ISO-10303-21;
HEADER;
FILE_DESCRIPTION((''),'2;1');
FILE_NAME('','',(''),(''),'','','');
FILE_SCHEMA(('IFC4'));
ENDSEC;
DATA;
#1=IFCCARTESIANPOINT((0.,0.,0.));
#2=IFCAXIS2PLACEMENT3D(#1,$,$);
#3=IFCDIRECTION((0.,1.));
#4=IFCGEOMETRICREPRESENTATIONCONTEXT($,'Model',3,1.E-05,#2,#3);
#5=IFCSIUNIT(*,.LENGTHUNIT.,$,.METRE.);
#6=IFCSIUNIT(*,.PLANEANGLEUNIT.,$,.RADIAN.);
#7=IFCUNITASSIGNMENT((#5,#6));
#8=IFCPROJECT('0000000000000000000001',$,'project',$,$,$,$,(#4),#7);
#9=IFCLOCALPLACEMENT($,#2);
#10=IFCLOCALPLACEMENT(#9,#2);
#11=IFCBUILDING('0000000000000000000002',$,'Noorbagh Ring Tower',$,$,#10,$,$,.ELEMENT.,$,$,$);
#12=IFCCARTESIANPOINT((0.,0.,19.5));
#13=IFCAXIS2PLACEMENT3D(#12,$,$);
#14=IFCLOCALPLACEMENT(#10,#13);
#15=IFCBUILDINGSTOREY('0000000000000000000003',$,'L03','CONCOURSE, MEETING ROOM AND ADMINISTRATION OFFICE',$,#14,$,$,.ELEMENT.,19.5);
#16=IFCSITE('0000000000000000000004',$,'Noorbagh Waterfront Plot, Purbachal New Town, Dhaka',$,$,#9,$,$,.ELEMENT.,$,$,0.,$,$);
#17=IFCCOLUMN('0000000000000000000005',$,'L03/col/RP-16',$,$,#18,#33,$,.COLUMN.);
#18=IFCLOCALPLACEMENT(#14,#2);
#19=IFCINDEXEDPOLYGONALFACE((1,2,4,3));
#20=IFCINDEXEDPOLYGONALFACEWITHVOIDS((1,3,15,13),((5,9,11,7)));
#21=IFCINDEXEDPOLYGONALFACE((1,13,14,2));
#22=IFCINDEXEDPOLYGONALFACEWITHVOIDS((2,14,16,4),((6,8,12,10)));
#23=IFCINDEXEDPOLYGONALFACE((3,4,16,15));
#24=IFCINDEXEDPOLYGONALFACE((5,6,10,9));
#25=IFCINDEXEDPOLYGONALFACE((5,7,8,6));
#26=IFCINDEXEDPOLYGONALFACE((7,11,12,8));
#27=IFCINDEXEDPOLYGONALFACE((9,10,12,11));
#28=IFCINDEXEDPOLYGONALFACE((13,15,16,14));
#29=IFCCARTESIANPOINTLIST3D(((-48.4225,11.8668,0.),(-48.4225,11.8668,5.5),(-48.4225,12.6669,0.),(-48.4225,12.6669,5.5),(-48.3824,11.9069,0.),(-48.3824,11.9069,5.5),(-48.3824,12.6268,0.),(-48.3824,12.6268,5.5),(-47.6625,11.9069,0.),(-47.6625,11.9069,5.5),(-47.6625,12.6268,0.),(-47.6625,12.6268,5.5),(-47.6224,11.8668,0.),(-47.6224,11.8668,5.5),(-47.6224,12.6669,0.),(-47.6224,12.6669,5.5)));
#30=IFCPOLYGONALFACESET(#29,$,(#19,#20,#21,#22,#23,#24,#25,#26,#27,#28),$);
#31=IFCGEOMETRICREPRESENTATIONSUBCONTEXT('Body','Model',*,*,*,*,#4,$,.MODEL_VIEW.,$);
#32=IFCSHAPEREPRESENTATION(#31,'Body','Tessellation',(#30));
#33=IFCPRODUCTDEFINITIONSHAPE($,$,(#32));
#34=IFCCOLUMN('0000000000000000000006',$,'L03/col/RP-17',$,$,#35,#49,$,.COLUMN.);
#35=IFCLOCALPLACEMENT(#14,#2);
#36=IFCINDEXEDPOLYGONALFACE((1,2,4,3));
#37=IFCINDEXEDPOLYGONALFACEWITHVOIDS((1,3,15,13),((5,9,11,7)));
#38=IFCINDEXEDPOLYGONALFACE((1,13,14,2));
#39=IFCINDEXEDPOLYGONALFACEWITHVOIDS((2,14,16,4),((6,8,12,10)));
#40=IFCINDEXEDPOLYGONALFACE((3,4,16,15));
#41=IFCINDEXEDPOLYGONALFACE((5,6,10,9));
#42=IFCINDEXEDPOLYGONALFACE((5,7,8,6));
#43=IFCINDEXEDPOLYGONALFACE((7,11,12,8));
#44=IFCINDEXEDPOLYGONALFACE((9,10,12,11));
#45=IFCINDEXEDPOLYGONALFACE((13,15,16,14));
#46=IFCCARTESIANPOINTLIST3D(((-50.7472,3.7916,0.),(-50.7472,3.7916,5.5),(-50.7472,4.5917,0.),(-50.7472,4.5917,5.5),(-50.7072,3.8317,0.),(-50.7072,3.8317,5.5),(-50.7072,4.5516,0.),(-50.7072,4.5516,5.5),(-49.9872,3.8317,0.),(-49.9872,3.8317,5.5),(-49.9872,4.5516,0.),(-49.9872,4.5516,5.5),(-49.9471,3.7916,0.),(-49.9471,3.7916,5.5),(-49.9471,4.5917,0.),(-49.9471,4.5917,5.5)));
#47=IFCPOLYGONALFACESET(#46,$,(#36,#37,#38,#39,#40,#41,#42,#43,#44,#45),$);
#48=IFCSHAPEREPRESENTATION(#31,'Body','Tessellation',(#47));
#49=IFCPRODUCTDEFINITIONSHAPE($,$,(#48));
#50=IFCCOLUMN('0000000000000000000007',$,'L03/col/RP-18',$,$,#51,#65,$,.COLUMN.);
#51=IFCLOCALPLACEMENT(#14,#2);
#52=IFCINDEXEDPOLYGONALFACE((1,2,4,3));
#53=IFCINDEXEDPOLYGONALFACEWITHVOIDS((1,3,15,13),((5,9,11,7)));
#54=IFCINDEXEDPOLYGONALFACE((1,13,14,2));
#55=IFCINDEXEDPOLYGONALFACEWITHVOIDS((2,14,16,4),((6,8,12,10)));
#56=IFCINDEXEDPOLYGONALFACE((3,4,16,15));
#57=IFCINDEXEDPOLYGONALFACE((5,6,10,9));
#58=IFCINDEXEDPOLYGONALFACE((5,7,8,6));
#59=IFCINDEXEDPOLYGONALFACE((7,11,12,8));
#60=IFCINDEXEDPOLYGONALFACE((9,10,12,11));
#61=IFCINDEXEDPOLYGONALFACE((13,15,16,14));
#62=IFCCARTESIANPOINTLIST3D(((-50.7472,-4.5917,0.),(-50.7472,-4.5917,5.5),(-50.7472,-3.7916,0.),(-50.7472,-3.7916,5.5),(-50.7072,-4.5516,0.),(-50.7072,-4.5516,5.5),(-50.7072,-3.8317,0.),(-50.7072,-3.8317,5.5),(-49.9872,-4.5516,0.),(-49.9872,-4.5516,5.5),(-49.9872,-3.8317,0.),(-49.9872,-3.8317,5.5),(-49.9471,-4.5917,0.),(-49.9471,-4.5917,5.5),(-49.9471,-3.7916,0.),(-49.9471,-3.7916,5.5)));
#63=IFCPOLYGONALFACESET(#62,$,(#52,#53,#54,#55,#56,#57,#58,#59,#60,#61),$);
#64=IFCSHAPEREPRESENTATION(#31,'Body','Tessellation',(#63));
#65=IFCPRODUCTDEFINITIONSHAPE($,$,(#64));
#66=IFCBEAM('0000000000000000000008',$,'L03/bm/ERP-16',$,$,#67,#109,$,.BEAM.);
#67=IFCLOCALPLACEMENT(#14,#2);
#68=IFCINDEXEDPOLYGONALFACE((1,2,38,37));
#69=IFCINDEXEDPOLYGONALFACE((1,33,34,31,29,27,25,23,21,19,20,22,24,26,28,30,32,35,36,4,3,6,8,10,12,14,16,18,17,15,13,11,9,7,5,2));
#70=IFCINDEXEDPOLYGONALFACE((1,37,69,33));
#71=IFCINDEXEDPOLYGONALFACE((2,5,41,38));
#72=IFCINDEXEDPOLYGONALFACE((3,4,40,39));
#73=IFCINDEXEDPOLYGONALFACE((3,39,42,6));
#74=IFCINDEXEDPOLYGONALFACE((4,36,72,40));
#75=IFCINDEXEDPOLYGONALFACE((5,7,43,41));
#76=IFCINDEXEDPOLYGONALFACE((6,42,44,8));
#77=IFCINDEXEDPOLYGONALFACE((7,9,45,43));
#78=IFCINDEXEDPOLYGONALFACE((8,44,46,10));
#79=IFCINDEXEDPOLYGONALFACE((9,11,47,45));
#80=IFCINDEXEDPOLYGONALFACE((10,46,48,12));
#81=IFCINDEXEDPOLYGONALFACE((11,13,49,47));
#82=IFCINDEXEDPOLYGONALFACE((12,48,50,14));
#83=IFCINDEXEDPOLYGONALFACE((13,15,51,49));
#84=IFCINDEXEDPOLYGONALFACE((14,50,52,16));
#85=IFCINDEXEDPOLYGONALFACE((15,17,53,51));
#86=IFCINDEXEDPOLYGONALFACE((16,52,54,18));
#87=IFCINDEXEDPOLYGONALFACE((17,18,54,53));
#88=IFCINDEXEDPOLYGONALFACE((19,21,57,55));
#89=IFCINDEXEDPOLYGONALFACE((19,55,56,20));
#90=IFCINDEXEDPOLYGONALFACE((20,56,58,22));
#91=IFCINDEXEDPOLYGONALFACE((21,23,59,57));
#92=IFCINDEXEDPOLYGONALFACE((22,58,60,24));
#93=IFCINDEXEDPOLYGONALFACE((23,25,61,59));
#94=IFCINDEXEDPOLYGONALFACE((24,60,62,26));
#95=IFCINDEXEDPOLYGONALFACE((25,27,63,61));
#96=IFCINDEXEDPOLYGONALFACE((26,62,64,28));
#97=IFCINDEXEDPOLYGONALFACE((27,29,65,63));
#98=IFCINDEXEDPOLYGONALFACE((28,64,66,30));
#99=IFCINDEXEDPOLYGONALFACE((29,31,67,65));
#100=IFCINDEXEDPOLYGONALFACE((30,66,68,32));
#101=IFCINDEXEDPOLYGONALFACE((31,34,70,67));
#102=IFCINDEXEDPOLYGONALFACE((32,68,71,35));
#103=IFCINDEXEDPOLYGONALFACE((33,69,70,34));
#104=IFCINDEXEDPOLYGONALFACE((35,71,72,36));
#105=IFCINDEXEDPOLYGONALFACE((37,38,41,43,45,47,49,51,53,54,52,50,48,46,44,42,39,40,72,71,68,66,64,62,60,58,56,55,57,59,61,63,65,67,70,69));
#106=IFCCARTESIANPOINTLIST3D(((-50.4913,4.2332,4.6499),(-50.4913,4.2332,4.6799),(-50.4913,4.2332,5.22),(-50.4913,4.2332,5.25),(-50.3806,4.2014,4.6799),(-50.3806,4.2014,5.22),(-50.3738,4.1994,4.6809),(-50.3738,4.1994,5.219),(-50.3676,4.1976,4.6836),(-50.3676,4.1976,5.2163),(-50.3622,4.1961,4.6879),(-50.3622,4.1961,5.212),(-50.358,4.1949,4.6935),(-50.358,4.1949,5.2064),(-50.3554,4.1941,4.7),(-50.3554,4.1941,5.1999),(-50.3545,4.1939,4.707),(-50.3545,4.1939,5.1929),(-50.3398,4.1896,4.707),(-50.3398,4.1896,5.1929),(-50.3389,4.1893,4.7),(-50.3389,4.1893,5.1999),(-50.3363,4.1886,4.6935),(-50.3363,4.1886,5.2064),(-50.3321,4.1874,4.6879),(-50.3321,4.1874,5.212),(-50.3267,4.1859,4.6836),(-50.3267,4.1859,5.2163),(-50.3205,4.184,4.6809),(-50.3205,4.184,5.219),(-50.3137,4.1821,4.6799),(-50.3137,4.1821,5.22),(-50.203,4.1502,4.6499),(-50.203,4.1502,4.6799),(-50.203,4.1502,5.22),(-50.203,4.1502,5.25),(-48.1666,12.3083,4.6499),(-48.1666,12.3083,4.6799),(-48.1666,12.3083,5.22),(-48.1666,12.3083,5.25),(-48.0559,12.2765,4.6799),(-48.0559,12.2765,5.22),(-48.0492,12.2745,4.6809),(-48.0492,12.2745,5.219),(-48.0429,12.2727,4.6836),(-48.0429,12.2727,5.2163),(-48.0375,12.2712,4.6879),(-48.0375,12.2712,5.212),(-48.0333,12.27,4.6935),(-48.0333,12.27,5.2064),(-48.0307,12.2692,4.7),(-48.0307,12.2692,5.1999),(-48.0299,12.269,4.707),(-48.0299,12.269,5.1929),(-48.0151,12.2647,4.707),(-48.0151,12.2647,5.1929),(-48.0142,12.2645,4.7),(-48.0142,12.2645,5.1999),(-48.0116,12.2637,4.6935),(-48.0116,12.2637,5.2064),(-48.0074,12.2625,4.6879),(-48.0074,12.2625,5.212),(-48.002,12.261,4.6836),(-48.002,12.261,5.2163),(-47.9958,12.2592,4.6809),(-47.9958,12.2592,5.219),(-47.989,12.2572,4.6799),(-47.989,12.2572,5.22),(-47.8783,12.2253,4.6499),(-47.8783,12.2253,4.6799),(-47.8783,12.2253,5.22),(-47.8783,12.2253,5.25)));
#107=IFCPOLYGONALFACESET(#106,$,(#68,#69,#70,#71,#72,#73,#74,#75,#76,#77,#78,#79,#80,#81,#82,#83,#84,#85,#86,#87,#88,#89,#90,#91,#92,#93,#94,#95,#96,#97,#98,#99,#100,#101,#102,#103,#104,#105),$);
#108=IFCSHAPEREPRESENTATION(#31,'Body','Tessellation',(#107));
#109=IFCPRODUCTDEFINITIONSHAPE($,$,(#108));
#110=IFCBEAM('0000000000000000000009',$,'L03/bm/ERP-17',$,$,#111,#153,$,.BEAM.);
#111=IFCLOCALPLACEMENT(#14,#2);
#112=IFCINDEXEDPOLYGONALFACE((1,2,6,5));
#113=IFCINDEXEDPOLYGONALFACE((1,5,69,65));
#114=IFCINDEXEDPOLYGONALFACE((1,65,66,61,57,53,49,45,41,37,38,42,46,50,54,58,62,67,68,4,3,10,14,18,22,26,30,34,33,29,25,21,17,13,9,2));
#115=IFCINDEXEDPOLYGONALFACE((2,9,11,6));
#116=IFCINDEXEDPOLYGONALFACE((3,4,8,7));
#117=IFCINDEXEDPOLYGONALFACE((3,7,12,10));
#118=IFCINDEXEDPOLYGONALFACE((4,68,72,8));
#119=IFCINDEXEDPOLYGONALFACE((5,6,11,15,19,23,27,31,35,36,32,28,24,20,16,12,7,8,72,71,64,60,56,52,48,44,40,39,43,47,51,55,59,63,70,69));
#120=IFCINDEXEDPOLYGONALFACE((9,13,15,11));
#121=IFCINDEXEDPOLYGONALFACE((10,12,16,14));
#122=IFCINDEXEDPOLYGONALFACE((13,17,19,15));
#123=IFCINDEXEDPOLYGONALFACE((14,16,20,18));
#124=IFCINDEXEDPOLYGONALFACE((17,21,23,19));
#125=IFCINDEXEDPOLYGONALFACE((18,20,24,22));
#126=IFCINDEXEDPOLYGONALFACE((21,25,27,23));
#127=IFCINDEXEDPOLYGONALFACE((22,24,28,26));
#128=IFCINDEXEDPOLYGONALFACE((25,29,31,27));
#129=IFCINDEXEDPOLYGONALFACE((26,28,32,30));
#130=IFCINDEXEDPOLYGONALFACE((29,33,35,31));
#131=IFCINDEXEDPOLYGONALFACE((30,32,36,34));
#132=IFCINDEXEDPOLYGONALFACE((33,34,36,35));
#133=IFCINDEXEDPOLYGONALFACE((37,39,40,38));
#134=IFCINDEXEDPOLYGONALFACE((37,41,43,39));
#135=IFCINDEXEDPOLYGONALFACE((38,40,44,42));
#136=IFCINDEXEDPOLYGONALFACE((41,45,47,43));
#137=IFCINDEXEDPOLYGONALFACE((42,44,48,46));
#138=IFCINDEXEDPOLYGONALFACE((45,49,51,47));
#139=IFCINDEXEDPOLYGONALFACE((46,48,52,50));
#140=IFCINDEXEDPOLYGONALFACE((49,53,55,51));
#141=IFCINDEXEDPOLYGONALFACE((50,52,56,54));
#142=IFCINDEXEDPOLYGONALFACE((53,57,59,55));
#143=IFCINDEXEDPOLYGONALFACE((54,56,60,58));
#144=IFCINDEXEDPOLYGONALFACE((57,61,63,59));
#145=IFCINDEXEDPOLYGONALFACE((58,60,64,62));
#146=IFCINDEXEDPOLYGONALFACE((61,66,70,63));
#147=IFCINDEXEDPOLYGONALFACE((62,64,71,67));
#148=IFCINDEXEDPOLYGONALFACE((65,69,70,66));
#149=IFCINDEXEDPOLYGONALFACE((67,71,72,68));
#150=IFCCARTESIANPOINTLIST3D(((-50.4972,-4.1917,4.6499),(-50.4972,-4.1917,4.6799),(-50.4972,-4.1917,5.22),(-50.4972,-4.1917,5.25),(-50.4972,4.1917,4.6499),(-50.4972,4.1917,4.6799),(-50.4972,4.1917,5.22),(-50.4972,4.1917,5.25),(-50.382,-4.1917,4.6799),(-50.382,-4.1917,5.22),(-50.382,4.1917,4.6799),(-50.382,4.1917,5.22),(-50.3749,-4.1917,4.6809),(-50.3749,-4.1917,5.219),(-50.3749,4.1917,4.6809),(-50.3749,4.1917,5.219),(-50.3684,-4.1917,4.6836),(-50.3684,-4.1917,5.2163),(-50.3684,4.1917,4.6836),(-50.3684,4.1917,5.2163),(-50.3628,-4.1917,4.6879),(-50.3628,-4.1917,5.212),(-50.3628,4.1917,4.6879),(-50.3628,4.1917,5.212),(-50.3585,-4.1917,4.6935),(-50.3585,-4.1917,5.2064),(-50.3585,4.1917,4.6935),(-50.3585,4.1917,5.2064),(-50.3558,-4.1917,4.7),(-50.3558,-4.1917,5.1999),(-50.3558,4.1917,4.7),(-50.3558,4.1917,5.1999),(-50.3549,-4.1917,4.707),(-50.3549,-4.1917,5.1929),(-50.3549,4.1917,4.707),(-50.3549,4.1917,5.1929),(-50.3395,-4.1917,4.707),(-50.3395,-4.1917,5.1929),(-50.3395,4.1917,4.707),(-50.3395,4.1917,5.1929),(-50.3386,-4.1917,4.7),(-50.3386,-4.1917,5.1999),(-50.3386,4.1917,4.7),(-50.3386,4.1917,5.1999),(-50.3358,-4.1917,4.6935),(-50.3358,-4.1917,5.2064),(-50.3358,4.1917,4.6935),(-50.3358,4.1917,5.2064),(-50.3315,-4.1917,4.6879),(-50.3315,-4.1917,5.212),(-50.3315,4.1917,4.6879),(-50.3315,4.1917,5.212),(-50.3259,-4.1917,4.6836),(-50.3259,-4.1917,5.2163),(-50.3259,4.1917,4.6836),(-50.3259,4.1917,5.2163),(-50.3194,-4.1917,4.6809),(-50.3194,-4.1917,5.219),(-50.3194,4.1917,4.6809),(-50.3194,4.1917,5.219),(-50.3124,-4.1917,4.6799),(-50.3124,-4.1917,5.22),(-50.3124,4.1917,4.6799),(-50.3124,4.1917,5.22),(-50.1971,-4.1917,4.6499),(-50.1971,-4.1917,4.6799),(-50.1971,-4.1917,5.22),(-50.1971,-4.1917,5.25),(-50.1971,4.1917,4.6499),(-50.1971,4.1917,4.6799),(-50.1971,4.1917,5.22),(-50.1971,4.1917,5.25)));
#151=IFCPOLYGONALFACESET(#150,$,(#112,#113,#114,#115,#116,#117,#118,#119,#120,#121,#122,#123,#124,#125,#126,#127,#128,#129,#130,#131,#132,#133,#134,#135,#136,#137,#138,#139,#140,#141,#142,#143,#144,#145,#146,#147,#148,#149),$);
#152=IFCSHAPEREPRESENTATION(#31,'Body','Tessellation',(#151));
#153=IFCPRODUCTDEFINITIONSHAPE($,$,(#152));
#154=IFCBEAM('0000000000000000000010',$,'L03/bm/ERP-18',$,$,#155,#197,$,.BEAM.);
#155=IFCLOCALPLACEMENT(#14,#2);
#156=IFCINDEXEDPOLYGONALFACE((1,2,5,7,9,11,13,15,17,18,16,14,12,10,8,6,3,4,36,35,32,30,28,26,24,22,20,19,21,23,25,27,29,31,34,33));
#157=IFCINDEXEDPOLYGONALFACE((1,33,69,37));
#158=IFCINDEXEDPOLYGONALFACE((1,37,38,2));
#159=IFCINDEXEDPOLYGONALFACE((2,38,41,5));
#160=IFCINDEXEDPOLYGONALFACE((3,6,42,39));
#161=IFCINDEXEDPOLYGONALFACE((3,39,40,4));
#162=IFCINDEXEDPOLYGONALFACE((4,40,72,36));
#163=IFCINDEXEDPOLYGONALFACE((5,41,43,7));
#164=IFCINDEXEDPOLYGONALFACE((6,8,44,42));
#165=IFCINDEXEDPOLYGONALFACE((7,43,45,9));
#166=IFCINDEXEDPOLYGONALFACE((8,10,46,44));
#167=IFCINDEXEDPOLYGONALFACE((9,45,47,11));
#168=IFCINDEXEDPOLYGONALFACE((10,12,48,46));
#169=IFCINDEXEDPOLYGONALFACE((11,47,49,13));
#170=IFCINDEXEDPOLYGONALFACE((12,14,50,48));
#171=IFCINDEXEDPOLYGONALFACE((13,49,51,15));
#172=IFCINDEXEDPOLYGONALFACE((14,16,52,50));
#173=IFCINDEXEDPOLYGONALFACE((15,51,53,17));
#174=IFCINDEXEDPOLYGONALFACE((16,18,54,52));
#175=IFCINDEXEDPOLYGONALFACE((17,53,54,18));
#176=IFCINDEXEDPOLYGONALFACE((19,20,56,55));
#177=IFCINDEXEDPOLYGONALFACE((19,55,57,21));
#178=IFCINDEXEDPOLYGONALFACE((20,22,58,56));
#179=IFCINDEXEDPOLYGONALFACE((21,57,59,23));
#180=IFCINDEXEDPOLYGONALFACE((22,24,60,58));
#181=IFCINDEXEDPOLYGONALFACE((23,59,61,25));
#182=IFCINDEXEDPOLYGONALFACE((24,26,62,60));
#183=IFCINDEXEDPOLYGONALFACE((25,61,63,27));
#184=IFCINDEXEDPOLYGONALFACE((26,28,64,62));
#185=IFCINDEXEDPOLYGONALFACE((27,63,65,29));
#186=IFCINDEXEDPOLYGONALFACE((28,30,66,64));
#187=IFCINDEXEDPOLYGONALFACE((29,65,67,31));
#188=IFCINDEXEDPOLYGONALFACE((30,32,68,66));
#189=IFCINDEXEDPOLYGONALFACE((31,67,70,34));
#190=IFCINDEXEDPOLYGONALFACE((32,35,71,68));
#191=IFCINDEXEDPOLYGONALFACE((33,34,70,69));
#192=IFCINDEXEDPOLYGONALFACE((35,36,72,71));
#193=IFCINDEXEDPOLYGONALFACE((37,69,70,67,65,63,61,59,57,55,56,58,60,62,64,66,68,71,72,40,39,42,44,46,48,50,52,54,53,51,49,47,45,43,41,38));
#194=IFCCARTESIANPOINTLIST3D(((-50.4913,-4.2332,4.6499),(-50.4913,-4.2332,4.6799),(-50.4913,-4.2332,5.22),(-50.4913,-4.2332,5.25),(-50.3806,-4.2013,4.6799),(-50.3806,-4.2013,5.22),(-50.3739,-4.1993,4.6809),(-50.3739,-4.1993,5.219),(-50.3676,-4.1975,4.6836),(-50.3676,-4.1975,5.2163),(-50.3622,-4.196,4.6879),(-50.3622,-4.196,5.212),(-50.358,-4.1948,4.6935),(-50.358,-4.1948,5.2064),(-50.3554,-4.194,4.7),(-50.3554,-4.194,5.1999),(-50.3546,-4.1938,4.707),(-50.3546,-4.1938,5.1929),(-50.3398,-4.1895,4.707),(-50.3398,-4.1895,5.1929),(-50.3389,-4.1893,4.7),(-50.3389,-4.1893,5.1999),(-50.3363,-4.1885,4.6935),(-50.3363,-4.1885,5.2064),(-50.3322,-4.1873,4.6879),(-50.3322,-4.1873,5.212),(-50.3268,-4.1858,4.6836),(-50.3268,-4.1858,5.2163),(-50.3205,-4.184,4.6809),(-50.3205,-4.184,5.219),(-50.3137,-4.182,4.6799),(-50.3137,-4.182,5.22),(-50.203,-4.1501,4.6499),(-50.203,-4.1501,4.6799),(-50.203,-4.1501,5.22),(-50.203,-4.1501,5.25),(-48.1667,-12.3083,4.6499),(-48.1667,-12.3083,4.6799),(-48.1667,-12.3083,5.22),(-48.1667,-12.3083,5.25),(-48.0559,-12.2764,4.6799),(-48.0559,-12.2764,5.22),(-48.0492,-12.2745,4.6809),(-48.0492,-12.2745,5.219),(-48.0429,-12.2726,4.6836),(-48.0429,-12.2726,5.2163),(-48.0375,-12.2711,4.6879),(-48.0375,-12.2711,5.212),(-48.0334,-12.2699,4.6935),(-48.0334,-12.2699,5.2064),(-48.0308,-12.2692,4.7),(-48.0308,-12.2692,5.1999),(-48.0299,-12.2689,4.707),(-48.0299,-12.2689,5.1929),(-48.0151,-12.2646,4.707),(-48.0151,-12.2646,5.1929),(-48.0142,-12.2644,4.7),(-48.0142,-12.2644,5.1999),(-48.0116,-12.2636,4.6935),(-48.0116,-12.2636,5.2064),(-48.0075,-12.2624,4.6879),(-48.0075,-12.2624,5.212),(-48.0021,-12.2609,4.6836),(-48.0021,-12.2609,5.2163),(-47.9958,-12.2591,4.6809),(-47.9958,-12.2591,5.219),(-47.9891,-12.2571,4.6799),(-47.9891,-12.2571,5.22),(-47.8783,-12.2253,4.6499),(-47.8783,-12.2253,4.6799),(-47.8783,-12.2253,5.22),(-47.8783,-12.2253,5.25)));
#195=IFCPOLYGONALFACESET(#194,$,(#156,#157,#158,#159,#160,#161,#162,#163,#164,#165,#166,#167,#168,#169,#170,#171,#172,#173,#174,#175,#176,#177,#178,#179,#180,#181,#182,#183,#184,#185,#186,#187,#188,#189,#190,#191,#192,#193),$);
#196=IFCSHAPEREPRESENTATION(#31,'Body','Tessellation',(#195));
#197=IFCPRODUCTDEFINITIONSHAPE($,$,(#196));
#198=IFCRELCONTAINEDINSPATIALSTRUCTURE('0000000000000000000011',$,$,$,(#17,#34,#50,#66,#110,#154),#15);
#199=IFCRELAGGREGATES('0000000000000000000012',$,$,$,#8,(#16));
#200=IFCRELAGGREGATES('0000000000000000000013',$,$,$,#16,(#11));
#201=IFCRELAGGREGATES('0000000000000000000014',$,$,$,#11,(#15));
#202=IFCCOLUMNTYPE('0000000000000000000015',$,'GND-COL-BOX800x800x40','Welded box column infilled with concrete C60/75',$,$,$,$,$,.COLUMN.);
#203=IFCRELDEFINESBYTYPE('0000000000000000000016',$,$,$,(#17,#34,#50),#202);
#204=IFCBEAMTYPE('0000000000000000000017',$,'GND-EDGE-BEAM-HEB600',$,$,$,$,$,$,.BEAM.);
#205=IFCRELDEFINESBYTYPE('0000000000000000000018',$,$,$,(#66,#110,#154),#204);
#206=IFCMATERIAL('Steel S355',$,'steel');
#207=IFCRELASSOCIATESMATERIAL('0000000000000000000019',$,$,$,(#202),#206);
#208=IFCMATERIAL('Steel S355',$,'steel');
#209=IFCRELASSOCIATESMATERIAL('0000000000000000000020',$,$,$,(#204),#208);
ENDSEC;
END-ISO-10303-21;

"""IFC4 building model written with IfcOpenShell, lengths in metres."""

from ifc_helpers import new_model, si_unit, direction, frame, origin, origin_2d, place, context, subcontext, project, spatial, hollow_rectangle, i_section, extrude, material, material_profile, profile_set, type_object, element, save


model = new_model("IFC4")

# Units and contexts
model_context = context("Model", 3, precision=1e-05, world=origin(), true_north=direction((0.0, 1.0)))
body_context = subcontext(model_context, "Body", "Model", "MODEL_VIEW")
ifc_project = project(units=[si_unit("LENGTHUNIT", "METRE"), si_unit("PLANEANGLEUNIT", "RADIAN")], contexts=[model_context])

# Site, building, storey
site_placement = place(None, origin())
site = spatial("IfcSite", under=ifc_project, at=site_placement, Name="Noorbagh Waterfront Plot, Purbachal New Town, Dhaka", CompositionType="ELEMENT", RefElevation=0.0)
building_placement = place(site_placement, origin())
building = spatial("IfcBuilding", under=site, at=building_placement, Name="Noorbagh Ring Tower", CompositionType="ELEMENT")
storey_placement = place(building_placement, frame((0.0, 0.0, 19.5)))
storey = spatial("IfcBuildingStorey", under=building, at=storey_placement, Name="L03", Description="CONCOURSE, MEETING ROOM AND ADMINISTRATION OFFICE", CompositionType="ELEMENT", Elevation=19.5)

# Columns
ifc_material_1 = material(Name="Steel S355", Category="steel")
ifc_material_profile_1 = material_profile(ifc_material_1, hollow_rectangle(XDim=0.8, YDim=0.8, WallThickness=0.04, at=origin_2d()), Name="BOX800x800x40")
ifc_profile_set_1 = profile_set([ifc_material_profile_1], Name="Steel S355")
column_type = type_object("IfcColumnType", Name="GND-COL-BOX800x800x40", Description="Welded box column infilled with concrete C60/75", PredefinedType="COLUMN", material=ifc_profile_set_1)
for number, where, z_axis, x_axis, name in (
    (1, (-48.0225, 12.2668, 0.0), (0.0, 0.0, 1.0), (1.0, 0.0, 0.0), "L03/col/RP-16"),
    (2, (-50.3472, 4.1917, 0.0), (0.0, 0.0, 1.0), (1.0, 0.0, 0.0), "L03/col/RP-17"),
    (3, (-50.3472, -4.1917, 0.0), (0.0, 0.0, 1.0), (1.0, 0.0, 0.0), "L03/col/RP-18"),
):
    element("IfcColumn", number, at=place(storey_placement, frame(where, z_axis=z_axis, x_axis=x_axis)), inside=storey, type_object=column_type, Name=name, PredefinedType="COLUMN", context=body_context, shape_type="SweptSolid", body=[
        extrude(hollow_rectangle(XDim=0.8, YDim=0.8, WallThickness=0.04, at=origin_2d()), origin(), (0.0, 0.0, 1.0), 5.5),
    ])

# Beams
ifc_material_2 = material(Name="Steel S355", Category="steel")
ifc_material_profile_2 = material_profile(ifc_material_2, i_section(OverallWidth=0.3, OverallDepth=0.6001, WebThickness=0.0154, FlangeThickness=0.03, FilletRadius=0.0271, at=origin_2d()), Name="HEB600")
ifc_profile_set_2 = profile_set([ifc_material_profile_2], Name="Steel S355")
beam_type_1 = type_object("IfcBeamType", Name="GND-EDGE-BEAM-HEB600", PredefinedType="BEAM", material=ifc_profile_set_2)
beam_1_placement = place(storey_placement, frame((-48.0225, 12.2668, 4.95), z_axis=(-0.276647, -0.960972, 0.0), x_axis=(0.960972, -0.276647, 0.0)))
element("IfcBeam", 4, at=beam_1_placement, inside=storey, type_object=beam_type_1, Name="L03/bm/ERP-16", PredefinedType="BEAM", context=body_context, shape_type="SweptSolid", body=[
    extrude(i_section(OverallWidth=0.3, OverallDepth=0.6001, WebThickness=0.0154, FlangeThickness=0.03, FilletRadius=0.0271, at=origin_2d()), origin(), (0.0, 0.0, 1.0), 8.4031),
])
beam_2_placement = place(storey_placement, frame((-50.3472, 4.1917, 4.95), z_axis=(0.0, -1.0, 0.0), x_axis=(1.0, 0.0, 0.0)))
element("IfcBeam", 5, at=beam_2_placement, inside=storey, type_object=beam_type_1, Name="L03/bm/ERP-17", PredefinedType="BEAM", context=body_context, shape_type="SweptSolid", body=[
    extrude(i_section(OverallWidth=0.3, OverallDepth=0.6001, WebThickness=0.0154, FlangeThickness=0.03, FilletRadius=0.0271, at=origin_2d()), origin(), (0.0, 0.0, 1.0), 8.3833),
])
beam_3_placement = place(storey_placement, frame((-50.3472, -4.1917, 4.95), z_axis=(0.276647, -0.960972, 0.0), x_axis=(0.960972, 0.276647, 0.0)))
element("IfcBeam", 6, at=beam_3_placement, inside=storey, type_object=beam_type_1, Name="L03/bm/ERP-18", PredefinedType="BEAM", context=body_context, shape_type="SweptSolid", body=[
    extrude(i_section(OverallWidth=0.3, OverallDepth=0.6001, WebThickness=0.0154, FlangeThickness=0.03, FilletRadius=0.0271, at=origin_2d()), origin(), (0.0, 0.0, 1.0), 8.4031),
])

save(model, "model.ifc")
